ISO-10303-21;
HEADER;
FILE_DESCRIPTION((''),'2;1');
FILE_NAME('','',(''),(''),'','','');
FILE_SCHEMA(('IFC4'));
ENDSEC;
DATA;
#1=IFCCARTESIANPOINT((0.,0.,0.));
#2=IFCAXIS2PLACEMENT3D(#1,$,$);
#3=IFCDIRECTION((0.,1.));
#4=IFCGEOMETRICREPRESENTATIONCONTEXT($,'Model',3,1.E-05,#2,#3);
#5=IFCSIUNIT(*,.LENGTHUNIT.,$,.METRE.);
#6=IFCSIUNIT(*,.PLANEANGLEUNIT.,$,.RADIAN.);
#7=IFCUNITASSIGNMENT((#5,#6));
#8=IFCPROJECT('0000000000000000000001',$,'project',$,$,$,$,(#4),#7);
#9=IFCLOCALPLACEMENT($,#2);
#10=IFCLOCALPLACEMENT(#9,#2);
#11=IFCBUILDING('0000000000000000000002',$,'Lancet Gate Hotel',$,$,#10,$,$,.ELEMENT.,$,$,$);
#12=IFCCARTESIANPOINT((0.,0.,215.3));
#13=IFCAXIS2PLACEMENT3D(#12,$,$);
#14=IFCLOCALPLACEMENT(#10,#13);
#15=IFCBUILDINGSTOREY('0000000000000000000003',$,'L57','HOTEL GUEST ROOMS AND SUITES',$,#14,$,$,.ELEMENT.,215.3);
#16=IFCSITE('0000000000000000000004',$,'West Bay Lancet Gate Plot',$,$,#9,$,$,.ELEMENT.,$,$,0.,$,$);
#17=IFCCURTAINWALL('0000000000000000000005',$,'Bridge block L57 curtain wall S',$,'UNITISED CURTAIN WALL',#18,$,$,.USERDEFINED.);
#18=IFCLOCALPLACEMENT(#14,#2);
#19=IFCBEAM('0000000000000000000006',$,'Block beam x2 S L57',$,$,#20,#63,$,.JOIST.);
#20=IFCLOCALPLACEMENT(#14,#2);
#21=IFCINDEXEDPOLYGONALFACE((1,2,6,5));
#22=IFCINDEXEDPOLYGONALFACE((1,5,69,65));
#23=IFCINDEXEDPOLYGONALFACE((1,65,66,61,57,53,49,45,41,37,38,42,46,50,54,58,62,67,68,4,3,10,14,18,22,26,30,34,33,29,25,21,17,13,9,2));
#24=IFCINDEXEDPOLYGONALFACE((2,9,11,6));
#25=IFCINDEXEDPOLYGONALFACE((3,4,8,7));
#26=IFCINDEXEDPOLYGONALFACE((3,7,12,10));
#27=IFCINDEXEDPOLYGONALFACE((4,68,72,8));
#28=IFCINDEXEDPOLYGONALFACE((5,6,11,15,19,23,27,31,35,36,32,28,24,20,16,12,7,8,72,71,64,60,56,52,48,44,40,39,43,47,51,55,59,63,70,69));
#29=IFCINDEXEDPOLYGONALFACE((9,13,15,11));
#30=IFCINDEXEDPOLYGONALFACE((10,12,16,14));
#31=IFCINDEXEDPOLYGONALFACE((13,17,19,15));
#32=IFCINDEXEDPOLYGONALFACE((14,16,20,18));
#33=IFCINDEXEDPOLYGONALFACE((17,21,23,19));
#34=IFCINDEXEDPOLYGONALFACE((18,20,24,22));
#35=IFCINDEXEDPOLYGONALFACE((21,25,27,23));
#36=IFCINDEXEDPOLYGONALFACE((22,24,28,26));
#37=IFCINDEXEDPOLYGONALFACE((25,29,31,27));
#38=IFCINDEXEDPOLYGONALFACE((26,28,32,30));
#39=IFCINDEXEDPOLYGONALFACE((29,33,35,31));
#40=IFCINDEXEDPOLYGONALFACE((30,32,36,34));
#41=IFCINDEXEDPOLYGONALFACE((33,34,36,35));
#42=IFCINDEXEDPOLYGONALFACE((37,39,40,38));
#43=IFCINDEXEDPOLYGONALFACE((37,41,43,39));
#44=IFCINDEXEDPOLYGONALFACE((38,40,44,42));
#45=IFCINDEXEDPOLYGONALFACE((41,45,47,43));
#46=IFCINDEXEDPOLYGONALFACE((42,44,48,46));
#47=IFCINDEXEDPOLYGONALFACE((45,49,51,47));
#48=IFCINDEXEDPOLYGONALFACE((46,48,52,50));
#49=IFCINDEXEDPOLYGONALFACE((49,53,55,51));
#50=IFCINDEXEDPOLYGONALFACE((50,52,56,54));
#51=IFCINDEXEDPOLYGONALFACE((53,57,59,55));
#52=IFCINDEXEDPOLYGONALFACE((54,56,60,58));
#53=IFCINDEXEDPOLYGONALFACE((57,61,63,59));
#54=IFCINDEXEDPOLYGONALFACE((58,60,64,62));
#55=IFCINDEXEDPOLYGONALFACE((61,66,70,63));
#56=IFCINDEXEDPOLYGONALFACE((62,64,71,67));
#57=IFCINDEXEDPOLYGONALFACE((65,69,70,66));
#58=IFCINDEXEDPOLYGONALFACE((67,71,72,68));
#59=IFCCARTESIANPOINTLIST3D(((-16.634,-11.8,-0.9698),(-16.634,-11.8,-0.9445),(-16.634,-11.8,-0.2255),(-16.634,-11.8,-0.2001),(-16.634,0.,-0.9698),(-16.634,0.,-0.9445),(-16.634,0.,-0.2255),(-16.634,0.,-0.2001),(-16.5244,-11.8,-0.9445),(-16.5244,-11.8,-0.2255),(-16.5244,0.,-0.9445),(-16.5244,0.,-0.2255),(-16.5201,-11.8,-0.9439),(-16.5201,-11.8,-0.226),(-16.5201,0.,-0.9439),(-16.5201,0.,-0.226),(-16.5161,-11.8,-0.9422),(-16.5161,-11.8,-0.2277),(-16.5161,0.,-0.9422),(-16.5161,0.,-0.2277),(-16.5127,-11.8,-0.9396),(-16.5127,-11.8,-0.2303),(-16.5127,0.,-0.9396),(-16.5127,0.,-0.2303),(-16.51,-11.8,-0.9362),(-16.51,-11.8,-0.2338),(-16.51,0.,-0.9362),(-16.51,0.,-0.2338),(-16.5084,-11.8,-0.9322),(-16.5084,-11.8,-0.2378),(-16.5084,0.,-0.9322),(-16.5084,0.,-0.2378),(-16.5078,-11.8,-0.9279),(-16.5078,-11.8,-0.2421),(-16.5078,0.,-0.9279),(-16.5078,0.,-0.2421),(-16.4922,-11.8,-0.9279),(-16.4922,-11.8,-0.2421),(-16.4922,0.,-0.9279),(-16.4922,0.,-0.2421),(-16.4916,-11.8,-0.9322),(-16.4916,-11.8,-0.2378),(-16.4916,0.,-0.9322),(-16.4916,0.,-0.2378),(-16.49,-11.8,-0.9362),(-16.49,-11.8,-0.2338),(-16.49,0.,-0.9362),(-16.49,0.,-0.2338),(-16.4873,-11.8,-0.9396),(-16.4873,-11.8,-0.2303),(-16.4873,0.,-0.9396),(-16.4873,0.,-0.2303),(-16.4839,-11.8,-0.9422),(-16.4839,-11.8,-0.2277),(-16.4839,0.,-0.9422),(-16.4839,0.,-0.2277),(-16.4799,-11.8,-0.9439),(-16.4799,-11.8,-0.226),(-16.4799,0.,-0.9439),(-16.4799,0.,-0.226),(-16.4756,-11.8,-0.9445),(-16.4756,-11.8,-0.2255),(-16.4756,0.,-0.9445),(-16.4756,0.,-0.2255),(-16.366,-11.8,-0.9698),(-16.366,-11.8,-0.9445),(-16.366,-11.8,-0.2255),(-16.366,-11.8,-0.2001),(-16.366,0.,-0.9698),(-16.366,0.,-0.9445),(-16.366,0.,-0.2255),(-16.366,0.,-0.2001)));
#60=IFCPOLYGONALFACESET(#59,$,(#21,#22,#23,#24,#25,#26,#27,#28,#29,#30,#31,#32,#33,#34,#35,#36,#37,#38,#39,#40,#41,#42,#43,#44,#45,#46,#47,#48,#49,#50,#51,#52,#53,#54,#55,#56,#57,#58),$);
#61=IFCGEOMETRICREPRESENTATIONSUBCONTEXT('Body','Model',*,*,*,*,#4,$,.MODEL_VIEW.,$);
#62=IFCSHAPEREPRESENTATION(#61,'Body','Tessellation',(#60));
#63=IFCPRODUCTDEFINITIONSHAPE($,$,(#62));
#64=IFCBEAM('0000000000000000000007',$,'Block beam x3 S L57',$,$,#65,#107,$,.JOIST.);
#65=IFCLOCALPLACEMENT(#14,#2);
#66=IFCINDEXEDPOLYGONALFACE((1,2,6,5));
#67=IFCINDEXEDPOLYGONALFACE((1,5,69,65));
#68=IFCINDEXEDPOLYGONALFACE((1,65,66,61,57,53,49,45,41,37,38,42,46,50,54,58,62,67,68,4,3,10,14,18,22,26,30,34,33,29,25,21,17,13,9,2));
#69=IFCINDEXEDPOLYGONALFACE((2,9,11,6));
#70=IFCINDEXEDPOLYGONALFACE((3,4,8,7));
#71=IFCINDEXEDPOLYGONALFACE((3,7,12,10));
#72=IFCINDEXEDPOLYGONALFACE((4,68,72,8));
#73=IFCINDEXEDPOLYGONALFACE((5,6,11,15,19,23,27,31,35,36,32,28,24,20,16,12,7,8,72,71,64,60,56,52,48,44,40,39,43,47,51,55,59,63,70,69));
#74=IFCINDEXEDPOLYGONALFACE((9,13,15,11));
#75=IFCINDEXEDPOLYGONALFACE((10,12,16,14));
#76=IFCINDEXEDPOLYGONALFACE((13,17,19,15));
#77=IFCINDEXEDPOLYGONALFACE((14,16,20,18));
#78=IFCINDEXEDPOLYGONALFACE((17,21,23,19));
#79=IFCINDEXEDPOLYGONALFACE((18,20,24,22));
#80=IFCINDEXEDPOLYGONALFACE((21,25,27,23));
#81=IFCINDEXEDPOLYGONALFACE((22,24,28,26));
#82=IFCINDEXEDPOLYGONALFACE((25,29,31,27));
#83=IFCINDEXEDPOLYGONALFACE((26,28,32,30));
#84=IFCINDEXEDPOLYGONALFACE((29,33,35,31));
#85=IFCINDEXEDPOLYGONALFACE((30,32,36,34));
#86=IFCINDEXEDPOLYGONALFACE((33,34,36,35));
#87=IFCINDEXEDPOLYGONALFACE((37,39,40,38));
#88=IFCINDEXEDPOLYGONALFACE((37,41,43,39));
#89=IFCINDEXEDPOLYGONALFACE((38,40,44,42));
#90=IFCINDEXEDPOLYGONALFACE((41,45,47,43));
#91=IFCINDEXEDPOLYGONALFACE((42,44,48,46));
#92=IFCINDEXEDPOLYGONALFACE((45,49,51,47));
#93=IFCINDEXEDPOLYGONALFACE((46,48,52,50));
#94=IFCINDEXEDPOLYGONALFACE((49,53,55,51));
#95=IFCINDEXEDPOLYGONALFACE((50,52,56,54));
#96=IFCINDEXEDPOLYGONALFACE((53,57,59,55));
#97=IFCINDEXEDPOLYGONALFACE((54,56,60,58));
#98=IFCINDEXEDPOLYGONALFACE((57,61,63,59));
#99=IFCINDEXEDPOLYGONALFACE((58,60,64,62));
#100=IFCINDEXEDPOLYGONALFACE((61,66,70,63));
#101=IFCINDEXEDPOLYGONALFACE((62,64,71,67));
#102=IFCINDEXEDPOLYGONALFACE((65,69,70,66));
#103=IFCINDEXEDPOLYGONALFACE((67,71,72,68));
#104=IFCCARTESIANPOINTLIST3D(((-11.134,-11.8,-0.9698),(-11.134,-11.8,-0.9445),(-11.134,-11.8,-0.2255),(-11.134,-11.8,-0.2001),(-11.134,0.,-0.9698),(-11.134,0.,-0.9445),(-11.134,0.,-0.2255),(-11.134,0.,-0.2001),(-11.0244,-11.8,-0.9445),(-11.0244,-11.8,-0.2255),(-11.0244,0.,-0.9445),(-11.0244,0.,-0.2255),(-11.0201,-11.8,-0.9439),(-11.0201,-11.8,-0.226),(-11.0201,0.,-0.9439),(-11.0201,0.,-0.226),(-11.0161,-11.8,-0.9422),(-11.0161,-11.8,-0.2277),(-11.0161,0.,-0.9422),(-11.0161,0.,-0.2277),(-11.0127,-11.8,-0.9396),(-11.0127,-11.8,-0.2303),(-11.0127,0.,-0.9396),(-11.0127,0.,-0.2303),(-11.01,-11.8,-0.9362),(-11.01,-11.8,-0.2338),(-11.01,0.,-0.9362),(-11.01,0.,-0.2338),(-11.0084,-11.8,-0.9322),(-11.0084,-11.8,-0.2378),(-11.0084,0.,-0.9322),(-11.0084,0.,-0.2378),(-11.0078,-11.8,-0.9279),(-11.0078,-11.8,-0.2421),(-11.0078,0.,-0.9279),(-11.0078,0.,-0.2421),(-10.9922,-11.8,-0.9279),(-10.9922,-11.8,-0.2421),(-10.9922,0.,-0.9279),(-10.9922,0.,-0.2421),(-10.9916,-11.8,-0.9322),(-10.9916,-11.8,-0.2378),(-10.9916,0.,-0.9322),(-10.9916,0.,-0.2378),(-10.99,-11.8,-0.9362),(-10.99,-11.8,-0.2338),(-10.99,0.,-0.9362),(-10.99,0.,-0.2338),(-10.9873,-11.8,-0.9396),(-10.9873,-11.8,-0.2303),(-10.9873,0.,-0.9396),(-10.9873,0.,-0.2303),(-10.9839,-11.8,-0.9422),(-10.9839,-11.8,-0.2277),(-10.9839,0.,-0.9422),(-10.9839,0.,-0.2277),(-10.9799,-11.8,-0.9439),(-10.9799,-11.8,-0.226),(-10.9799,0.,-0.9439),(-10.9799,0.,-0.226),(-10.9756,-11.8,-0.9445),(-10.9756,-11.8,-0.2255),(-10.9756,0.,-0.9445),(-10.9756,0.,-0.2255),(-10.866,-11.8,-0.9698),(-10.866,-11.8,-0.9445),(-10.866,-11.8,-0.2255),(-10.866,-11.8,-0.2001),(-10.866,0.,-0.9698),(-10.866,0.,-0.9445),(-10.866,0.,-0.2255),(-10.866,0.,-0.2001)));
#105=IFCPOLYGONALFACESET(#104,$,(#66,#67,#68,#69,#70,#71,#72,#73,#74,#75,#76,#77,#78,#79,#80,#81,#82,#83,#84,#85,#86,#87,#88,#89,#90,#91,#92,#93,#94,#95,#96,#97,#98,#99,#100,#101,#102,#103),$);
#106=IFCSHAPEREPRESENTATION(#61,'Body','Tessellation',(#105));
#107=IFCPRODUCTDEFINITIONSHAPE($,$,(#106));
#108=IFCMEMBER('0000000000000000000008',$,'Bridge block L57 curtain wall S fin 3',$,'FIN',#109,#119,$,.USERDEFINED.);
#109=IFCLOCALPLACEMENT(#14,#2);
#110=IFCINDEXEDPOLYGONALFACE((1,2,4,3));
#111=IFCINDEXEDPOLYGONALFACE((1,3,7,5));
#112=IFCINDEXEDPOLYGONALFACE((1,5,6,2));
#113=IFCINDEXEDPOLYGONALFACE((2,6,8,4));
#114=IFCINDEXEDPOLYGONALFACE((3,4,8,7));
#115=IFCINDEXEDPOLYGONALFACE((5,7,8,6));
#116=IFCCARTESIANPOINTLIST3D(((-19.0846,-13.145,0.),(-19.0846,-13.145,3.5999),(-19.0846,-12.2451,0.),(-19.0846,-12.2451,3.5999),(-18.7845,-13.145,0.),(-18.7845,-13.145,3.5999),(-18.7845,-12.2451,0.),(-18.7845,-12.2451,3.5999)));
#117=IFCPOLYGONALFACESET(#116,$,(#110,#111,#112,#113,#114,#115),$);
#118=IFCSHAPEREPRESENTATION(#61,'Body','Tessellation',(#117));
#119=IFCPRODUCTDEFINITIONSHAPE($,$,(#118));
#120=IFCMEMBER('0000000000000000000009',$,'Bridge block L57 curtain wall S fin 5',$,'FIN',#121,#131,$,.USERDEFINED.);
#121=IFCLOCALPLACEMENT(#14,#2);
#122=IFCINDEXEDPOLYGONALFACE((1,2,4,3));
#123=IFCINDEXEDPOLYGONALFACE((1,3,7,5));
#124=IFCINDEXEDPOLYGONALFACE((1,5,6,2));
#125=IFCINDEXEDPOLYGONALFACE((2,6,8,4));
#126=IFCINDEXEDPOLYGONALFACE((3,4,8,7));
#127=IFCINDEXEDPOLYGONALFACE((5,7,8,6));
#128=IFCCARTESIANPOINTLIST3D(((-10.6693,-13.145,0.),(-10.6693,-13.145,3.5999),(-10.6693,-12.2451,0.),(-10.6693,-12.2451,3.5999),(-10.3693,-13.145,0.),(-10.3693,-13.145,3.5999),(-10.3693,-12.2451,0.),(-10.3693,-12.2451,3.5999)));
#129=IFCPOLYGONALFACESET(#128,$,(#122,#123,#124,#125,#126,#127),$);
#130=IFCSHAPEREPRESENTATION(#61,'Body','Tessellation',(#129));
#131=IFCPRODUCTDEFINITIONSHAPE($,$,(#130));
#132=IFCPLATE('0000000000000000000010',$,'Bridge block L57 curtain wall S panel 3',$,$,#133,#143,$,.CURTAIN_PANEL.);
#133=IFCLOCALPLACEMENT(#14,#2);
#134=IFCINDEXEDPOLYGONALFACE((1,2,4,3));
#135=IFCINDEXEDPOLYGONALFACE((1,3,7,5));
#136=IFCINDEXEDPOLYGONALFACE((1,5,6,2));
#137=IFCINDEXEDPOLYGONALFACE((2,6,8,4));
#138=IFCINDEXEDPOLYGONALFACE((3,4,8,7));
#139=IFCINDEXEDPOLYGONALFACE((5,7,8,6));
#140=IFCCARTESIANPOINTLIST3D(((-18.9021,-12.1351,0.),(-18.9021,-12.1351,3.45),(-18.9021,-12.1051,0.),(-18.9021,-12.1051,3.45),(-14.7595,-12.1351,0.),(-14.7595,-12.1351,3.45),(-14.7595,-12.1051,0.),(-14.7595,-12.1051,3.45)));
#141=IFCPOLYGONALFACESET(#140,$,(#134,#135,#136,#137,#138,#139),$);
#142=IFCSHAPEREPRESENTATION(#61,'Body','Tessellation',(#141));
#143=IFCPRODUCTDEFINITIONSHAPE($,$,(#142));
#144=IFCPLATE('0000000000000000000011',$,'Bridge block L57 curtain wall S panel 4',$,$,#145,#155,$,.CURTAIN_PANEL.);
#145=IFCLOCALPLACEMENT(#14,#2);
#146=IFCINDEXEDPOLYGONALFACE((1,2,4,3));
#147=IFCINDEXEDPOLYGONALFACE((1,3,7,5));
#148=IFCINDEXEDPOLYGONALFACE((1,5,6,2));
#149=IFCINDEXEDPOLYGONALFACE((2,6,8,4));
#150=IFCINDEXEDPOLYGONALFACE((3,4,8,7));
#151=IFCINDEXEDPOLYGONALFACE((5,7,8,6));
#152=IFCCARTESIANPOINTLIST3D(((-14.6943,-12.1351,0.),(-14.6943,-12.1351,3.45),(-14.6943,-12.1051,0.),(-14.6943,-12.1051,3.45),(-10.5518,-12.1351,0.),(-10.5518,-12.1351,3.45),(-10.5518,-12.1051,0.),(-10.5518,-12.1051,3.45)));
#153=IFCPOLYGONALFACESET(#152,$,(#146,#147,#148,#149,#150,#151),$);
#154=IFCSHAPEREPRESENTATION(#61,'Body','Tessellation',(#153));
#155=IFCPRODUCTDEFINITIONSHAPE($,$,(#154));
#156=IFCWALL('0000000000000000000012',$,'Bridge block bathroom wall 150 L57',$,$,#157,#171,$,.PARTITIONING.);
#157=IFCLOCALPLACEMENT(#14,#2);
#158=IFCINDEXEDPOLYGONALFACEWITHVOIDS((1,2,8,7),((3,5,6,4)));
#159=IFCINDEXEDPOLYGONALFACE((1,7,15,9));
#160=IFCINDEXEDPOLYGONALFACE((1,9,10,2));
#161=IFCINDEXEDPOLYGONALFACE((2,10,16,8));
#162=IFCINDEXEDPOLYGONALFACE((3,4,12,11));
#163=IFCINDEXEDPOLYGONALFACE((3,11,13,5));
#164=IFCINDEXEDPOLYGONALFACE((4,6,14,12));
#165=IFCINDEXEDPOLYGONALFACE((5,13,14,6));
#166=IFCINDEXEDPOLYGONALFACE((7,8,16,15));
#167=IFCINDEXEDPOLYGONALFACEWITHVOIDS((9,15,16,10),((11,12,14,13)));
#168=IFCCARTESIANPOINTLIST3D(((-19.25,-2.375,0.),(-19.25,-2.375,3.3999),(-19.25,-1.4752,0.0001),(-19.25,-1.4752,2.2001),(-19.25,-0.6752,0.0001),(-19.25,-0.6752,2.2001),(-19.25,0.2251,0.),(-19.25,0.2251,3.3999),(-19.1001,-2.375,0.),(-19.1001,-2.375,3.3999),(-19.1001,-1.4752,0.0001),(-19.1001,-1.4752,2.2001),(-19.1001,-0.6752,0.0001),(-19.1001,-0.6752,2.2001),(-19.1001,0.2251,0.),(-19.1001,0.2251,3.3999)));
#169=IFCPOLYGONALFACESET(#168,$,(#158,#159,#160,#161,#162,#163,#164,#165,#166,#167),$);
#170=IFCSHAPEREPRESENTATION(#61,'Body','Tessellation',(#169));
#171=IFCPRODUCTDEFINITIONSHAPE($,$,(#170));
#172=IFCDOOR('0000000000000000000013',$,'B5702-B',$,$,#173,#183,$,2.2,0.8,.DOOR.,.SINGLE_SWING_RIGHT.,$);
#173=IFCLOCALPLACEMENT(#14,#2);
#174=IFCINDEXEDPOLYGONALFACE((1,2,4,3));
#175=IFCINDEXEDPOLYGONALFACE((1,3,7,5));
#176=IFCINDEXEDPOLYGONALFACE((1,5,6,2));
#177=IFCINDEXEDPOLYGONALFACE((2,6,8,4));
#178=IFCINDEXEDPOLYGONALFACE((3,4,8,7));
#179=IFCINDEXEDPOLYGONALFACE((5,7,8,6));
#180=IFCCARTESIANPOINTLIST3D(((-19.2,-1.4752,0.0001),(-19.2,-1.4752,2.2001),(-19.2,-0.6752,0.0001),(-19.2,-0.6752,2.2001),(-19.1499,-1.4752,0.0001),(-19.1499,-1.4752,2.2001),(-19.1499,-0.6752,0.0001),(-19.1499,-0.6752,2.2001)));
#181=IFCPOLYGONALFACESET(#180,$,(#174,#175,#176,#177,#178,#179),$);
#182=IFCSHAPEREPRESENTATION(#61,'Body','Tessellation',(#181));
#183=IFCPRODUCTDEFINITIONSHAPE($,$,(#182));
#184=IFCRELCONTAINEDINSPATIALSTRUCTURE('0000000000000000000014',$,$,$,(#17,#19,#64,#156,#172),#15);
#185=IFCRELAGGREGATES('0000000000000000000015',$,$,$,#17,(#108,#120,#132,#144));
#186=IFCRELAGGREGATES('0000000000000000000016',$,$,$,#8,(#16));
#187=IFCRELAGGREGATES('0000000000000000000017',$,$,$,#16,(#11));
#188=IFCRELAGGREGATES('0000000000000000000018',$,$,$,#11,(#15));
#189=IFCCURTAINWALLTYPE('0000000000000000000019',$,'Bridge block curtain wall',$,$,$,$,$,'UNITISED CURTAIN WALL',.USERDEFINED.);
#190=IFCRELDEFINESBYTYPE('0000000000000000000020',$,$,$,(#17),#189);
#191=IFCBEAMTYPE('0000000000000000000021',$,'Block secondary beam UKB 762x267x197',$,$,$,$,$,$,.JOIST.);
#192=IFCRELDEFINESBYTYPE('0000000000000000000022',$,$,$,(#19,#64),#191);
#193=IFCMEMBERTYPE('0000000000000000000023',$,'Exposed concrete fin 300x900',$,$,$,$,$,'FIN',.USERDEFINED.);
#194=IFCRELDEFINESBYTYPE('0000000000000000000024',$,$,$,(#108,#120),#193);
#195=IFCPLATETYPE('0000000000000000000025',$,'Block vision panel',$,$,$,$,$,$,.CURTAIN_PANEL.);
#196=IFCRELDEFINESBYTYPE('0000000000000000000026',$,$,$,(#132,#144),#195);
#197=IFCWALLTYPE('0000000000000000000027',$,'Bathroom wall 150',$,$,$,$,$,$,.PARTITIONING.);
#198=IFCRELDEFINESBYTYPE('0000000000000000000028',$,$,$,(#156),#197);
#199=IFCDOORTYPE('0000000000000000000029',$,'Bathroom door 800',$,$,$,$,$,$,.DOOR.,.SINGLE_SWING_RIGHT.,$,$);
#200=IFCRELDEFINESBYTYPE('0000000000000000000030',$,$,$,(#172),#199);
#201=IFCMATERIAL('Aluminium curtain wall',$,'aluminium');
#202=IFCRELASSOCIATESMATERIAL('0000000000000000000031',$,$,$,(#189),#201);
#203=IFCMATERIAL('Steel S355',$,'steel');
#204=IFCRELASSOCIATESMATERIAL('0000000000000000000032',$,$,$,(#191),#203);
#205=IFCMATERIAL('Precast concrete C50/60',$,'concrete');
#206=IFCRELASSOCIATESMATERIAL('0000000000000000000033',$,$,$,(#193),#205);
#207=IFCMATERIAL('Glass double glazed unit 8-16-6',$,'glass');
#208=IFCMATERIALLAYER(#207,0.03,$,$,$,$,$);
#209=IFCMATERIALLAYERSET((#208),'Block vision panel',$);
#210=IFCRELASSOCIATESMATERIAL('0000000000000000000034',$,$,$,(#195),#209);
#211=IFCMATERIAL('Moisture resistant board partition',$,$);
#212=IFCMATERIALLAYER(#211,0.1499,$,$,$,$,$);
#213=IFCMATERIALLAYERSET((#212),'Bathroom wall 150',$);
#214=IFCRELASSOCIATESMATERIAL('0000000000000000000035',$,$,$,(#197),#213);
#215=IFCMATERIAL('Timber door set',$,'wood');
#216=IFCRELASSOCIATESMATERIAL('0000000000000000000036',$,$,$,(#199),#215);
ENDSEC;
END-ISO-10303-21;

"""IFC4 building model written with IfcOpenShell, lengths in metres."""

from ifc_helpers import new_model, si_unit, direction, frame, frame_2d, origin, origin_2d, place, context, subcontext, project, spatial, rectangle, i_section, extrude, material, layer, layer_set, material_profile, profile_set, type_object, element, fill, aggregate, save


model = new_model("IFC4")

# Units and contexts
model_context = context("Model", 3, precision=1e-05, world=origin(), true_north=direction((0.0, 1.0)))
body_context = subcontext(model_context, "Body", "Model", "MODEL_VIEW")
ifc_project = project(units=[si_unit("LENGTHUNIT", "METRE"), si_unit("PLANEANGLEUNIT", "RADIAN")], contexts=[model_context])

# Site, building, storey
site_placement = place(None, origin())
site = spatial("IfcSite", under=ifc_project, at=site_placement, Name="West Bay Lancet Gate Plot", CompositionType="ELEMENT", RefElevation=0.0)
building_placement = place(site_placement, origin())
building = spatial("IfcBuilding", under=site, at=building_placement, Name="Lancet Gate Hotel", CompositionType="ELEMENT")
storey_placement = place(building_placement, frame((0.0, 0.0, 215.3)))
storey = spatial("IfcBuildingStorey", under=building, at=storey_placement, Name="L57", Description="HOTEL GUEST ROOMS AND SUITES", CompositionType="ELEMENT", Elevation=215.3)

# Curtain wall
ifc_material_1 = material(Name="Aluminium curtain wall", Category="aluminium")
curtain_wall_type = type_object("IfcCurtainWallType", Name="Bridge block curtain wall", ElementType="UNITISED CURTAIN WALL", PredefinedType="USERDEFINED", material=ifc_material_1)
curtain_wall_placement = place(storey_placement, origin())
curtain_wall = element("IfcCurtainWall", 1, at=curtain_wall_placement, inside=storey, type_object=curtain_wall_type, Name="Bridge block L57 curtain wall S", ObjectType="UNITISED CURTAIN WALL", PredefinedType="USERDEFINED")

# Beams
ifc_material_2 = material(Name="Steel S355", Category="steel")
ifc_material_profile_1 = material_profile(ifc_material_2, i_section(OverallWidth=0.2681, OverallDepth=0.7698, WebThickness=0.0156, FlangeThickness=0.0254, FilletRadius=0.0166, at=origin_2d()), Name="UKB 762x267x197")
ifc_profile_set_1 = profile_set([ifc_material_profile_1], Name="Steel S355")
beam_type_1 = type_object("IfcBeamType", Name="Block secondary beam UKB 762x267x197", PredefinedType="JOIST", material=ifc_profile_set_1)
for number, where, z_axis, x_axis, name in (
    (2, (-16.5, -11.8, -0.585), (0.0, 1.0, 0.0), (-1.0, 0.0, 0.0), "Block beam x2 S L57"),
    (3, (-11.0, -11.8, -0.585), (0.0, 1.0, 0.0), (-1.0, 0.0, 0.0), "Block beam x3 S L57"),
):
    element("IfcBeam", number, at=place(storey_placement, frame(where, z_axis=z_axis, x_axis=x_axis)), inside=storey, type_object=beam_type_1, Name=name, PredefinedType="JOIST", context=body_context, shape_type="SweptSolid", body=[
        extrude(i_section(OverallWidth=0.2681, OverallDepth=0.7698, WebThickness=0.0156, FlangeThickness=0.0254, FilletRadius=0.0166, at=origin_2d()), origin(), (0.0, 0.0, 1.0), 11.8),
    ])

# Members
ifc_material_3 = material(Name="Precast concrete C50/60", Category="concrete")
ifc_material_profile_2 = material_profile(ifc_material_3, rectangle(XDim=0.3, YDim=0.8999, at=origin_2d()), Name="FIN 300x900")
ifc_profile_set_2 = profile_set([ifc_material_profile_2], Name="Precast concrete C50/60")
member_type_1 = type_object("IfcMemberType", Name="Exposed concrete fin 300x900", ElementType="FIN", PredefinedType="USERDEFINED", material=ifc_profile_set_2)
member_1_placement = place(storey_placement, frame((-18.9346, -12.6951, 0.0), z_axis=(0.0, 0.0, 1.0), x_axis=(1.0, 0.0, 0.0)))
member_1 = element("IfcMember", 4, at=member_1_placement, type_object=member_type_1, Name="Bridge block L57 curtain wall S fin 3", ObjectType="FIN", PredefinedType="USERDEFINED", context=body_context, shape_type="SweptSolid", body=[
    extrude(rectangle(XDim=0.3, YDim=0.8999, at=origin_2d()), origin(), (0.0, 0.0, 1.0), 3.5999),
])
member_2_placement = place(storey_placement, frame((-10.5193, -12.6951, 0.0), z_axis=(0.0, 0.0, 1.0), x_axis=(1.0, 0.0, 0.0)))
member_2 = element("IfcMember", 5, at=member_2_placement, type_object=member_type_1, Name="Bridge block L57 curtain wall S fin 5", ObjectType="FIN", PredefinedType="USERDEFINED", context=body_context, shape_type="SweptSolid", body=[
    extrude(rectangle(XDim=0.3, YDim=0.8999, at=origin_2d()), origin(), (0.0, 0.0, 1.0), 3.5999),
])

# Plates
ifc_material_4 = material(Name="Glass double glazed unit 8-16-6", Category="glass")
ifc_layer_1 = layer(ifc_material_4, 0.03)
ifc_layer_set_1 = layer_set([ifc_layer_1], Name="Block vision panel")
plate_type = type_object("IfcPlateType", Name="Block vision panel", PredefinedType="CURTAIN_PANEL", material=ifc_layer_set_1)
plate_1_placement = place(storey_placement, frame((-16.8308, -12.1201, 0.0), z_axis=(0.0, 0.0, 1.0), x_axis=(1.0, 0.0, 0.0)))
plate_1 = element("IfcPlate", 6, at=plate_1_placement, type_object=plate_type, Name="Bridge block L57 curtain wall S panel 3", PredefinedType="CURTAIN_PANEL", context=body_context, shape_type="SweptSolid", body=[
    extrude(rectangle(XDim=4.1426, YDim=0.03, at=origin_2d()), origin(), (0.0, 0.0, 1.0), 3.45),
])
plate_2_placement = place(storey_placement, frame((-12.623, -12.1201, 0.0), z_axis=(0.0, 0.0, 1.0), x_axis=(1.0, 0.0, 0.0)))
plate_2 = element("IfcPlate", 7, at=plate_2_placement, type_object=plate_type, Name="Bridge block L57 curtain wall S panel 4", PredefinedType="CURTAIN_PANEL", context=body_context, shape_type="SweptSolid", body=[
    extrude(rectangle(XDim=4.1426, YDim=0.03, at=origin_2d()), origin(), (0.0, 0.0, 1.0), 3.45),
])
aggregate(curtain_wall, [member_1, member_2, plate_1, plate_2])

# Wall, opening, door
ifc_material_5 = material(Name="Moisture resistant board partition")
ifc_layer_2 = layer(ifc_material_5, 0.1499)
ifc_layer_set_2 = layer_set([ifc_layer_2], Name="Bathroom wall 150")
wall_type_1 = type_object("IfcWallType", Name="Bathroom wall 150", PredefinedType="PARTITIONING", material=ifc_layer_set_2)
wall_1_placement = place(storey_placement, frame((-19.175, -2.375, 0.0), z_axis=(0.0, 0.0, 1.0), x_axis=(0.0, 1.0, 0.0)))
wall_1 = element("IfcWall", 8, at=wall_1_placement, inside=storey, type_object=wall_type_1, Name="Bridge block bathroom wall 150 L57", PredefinedType="PARTITIONING", context=body_context, shape_type="SweptSolid", body=[
    extrude(rectangle(XDim=2.6001, YDim=0.1499, at=frame_2d((1.3, 0.0))), origin(), (0.0, 0.0, 1.0), 3.3999),
])
opening_1_placement = place(wall_1_placement, frame((0.8999, 0.0, 0.0)))
opening_1 = element("IfcOpeningElement", 9, at=opening_1_placement, cuts=wall_1, PredefinedType="OPENING", context=body_context, shape_type="SweptSolid", body=[
    extrude(rectangle(XDim=0.8, YDim=2.2, at=frame_2d((0.3999, 1.1001))), frame((0.0, 0.085, 0.0), z_axis=(0.0, -1.0, 0.0), x_axis=(1.0, 0.0, 0.0)), (0.0, 0.0, 1.0), 0.1699),
])
ifc_material_6 = material(Name="Timber door set", Category="wood")
door_type = type_object("IfcDoorType", Name="Bathroom door 800", OperationType="SINGLE_SWING_RIGHT", PredefinedType="DOOR", material=ifc_material_6)
door_1_placement = place(opening_1_placement, origin())
door_1 = element("IfcDoor", 10, at=door_1_placement, inside=storey, type_object=door_type, Name="B5702-B", OperationType="SINGLE_SWING_RIGHT", OverallHeight=2.2, OverallWidth=0.8, PredefinedType="DOOR", context=body_context, shape_type="SweptSolid", body=[
    extrude(rectangle(XDim=0.8, YDim=2.2, at=frame_2d((0.3999, 1.1001))), frame((0.0, 0.0249, 0.0), z_axis=(0.0, -1.0, 0.0), x_axis=(1.0, 0.0, 0.0)), (0.0, 0.0, 1.0), 0.05),
])
fill(opening_1, door_1)

save(model, "model.ifc")
